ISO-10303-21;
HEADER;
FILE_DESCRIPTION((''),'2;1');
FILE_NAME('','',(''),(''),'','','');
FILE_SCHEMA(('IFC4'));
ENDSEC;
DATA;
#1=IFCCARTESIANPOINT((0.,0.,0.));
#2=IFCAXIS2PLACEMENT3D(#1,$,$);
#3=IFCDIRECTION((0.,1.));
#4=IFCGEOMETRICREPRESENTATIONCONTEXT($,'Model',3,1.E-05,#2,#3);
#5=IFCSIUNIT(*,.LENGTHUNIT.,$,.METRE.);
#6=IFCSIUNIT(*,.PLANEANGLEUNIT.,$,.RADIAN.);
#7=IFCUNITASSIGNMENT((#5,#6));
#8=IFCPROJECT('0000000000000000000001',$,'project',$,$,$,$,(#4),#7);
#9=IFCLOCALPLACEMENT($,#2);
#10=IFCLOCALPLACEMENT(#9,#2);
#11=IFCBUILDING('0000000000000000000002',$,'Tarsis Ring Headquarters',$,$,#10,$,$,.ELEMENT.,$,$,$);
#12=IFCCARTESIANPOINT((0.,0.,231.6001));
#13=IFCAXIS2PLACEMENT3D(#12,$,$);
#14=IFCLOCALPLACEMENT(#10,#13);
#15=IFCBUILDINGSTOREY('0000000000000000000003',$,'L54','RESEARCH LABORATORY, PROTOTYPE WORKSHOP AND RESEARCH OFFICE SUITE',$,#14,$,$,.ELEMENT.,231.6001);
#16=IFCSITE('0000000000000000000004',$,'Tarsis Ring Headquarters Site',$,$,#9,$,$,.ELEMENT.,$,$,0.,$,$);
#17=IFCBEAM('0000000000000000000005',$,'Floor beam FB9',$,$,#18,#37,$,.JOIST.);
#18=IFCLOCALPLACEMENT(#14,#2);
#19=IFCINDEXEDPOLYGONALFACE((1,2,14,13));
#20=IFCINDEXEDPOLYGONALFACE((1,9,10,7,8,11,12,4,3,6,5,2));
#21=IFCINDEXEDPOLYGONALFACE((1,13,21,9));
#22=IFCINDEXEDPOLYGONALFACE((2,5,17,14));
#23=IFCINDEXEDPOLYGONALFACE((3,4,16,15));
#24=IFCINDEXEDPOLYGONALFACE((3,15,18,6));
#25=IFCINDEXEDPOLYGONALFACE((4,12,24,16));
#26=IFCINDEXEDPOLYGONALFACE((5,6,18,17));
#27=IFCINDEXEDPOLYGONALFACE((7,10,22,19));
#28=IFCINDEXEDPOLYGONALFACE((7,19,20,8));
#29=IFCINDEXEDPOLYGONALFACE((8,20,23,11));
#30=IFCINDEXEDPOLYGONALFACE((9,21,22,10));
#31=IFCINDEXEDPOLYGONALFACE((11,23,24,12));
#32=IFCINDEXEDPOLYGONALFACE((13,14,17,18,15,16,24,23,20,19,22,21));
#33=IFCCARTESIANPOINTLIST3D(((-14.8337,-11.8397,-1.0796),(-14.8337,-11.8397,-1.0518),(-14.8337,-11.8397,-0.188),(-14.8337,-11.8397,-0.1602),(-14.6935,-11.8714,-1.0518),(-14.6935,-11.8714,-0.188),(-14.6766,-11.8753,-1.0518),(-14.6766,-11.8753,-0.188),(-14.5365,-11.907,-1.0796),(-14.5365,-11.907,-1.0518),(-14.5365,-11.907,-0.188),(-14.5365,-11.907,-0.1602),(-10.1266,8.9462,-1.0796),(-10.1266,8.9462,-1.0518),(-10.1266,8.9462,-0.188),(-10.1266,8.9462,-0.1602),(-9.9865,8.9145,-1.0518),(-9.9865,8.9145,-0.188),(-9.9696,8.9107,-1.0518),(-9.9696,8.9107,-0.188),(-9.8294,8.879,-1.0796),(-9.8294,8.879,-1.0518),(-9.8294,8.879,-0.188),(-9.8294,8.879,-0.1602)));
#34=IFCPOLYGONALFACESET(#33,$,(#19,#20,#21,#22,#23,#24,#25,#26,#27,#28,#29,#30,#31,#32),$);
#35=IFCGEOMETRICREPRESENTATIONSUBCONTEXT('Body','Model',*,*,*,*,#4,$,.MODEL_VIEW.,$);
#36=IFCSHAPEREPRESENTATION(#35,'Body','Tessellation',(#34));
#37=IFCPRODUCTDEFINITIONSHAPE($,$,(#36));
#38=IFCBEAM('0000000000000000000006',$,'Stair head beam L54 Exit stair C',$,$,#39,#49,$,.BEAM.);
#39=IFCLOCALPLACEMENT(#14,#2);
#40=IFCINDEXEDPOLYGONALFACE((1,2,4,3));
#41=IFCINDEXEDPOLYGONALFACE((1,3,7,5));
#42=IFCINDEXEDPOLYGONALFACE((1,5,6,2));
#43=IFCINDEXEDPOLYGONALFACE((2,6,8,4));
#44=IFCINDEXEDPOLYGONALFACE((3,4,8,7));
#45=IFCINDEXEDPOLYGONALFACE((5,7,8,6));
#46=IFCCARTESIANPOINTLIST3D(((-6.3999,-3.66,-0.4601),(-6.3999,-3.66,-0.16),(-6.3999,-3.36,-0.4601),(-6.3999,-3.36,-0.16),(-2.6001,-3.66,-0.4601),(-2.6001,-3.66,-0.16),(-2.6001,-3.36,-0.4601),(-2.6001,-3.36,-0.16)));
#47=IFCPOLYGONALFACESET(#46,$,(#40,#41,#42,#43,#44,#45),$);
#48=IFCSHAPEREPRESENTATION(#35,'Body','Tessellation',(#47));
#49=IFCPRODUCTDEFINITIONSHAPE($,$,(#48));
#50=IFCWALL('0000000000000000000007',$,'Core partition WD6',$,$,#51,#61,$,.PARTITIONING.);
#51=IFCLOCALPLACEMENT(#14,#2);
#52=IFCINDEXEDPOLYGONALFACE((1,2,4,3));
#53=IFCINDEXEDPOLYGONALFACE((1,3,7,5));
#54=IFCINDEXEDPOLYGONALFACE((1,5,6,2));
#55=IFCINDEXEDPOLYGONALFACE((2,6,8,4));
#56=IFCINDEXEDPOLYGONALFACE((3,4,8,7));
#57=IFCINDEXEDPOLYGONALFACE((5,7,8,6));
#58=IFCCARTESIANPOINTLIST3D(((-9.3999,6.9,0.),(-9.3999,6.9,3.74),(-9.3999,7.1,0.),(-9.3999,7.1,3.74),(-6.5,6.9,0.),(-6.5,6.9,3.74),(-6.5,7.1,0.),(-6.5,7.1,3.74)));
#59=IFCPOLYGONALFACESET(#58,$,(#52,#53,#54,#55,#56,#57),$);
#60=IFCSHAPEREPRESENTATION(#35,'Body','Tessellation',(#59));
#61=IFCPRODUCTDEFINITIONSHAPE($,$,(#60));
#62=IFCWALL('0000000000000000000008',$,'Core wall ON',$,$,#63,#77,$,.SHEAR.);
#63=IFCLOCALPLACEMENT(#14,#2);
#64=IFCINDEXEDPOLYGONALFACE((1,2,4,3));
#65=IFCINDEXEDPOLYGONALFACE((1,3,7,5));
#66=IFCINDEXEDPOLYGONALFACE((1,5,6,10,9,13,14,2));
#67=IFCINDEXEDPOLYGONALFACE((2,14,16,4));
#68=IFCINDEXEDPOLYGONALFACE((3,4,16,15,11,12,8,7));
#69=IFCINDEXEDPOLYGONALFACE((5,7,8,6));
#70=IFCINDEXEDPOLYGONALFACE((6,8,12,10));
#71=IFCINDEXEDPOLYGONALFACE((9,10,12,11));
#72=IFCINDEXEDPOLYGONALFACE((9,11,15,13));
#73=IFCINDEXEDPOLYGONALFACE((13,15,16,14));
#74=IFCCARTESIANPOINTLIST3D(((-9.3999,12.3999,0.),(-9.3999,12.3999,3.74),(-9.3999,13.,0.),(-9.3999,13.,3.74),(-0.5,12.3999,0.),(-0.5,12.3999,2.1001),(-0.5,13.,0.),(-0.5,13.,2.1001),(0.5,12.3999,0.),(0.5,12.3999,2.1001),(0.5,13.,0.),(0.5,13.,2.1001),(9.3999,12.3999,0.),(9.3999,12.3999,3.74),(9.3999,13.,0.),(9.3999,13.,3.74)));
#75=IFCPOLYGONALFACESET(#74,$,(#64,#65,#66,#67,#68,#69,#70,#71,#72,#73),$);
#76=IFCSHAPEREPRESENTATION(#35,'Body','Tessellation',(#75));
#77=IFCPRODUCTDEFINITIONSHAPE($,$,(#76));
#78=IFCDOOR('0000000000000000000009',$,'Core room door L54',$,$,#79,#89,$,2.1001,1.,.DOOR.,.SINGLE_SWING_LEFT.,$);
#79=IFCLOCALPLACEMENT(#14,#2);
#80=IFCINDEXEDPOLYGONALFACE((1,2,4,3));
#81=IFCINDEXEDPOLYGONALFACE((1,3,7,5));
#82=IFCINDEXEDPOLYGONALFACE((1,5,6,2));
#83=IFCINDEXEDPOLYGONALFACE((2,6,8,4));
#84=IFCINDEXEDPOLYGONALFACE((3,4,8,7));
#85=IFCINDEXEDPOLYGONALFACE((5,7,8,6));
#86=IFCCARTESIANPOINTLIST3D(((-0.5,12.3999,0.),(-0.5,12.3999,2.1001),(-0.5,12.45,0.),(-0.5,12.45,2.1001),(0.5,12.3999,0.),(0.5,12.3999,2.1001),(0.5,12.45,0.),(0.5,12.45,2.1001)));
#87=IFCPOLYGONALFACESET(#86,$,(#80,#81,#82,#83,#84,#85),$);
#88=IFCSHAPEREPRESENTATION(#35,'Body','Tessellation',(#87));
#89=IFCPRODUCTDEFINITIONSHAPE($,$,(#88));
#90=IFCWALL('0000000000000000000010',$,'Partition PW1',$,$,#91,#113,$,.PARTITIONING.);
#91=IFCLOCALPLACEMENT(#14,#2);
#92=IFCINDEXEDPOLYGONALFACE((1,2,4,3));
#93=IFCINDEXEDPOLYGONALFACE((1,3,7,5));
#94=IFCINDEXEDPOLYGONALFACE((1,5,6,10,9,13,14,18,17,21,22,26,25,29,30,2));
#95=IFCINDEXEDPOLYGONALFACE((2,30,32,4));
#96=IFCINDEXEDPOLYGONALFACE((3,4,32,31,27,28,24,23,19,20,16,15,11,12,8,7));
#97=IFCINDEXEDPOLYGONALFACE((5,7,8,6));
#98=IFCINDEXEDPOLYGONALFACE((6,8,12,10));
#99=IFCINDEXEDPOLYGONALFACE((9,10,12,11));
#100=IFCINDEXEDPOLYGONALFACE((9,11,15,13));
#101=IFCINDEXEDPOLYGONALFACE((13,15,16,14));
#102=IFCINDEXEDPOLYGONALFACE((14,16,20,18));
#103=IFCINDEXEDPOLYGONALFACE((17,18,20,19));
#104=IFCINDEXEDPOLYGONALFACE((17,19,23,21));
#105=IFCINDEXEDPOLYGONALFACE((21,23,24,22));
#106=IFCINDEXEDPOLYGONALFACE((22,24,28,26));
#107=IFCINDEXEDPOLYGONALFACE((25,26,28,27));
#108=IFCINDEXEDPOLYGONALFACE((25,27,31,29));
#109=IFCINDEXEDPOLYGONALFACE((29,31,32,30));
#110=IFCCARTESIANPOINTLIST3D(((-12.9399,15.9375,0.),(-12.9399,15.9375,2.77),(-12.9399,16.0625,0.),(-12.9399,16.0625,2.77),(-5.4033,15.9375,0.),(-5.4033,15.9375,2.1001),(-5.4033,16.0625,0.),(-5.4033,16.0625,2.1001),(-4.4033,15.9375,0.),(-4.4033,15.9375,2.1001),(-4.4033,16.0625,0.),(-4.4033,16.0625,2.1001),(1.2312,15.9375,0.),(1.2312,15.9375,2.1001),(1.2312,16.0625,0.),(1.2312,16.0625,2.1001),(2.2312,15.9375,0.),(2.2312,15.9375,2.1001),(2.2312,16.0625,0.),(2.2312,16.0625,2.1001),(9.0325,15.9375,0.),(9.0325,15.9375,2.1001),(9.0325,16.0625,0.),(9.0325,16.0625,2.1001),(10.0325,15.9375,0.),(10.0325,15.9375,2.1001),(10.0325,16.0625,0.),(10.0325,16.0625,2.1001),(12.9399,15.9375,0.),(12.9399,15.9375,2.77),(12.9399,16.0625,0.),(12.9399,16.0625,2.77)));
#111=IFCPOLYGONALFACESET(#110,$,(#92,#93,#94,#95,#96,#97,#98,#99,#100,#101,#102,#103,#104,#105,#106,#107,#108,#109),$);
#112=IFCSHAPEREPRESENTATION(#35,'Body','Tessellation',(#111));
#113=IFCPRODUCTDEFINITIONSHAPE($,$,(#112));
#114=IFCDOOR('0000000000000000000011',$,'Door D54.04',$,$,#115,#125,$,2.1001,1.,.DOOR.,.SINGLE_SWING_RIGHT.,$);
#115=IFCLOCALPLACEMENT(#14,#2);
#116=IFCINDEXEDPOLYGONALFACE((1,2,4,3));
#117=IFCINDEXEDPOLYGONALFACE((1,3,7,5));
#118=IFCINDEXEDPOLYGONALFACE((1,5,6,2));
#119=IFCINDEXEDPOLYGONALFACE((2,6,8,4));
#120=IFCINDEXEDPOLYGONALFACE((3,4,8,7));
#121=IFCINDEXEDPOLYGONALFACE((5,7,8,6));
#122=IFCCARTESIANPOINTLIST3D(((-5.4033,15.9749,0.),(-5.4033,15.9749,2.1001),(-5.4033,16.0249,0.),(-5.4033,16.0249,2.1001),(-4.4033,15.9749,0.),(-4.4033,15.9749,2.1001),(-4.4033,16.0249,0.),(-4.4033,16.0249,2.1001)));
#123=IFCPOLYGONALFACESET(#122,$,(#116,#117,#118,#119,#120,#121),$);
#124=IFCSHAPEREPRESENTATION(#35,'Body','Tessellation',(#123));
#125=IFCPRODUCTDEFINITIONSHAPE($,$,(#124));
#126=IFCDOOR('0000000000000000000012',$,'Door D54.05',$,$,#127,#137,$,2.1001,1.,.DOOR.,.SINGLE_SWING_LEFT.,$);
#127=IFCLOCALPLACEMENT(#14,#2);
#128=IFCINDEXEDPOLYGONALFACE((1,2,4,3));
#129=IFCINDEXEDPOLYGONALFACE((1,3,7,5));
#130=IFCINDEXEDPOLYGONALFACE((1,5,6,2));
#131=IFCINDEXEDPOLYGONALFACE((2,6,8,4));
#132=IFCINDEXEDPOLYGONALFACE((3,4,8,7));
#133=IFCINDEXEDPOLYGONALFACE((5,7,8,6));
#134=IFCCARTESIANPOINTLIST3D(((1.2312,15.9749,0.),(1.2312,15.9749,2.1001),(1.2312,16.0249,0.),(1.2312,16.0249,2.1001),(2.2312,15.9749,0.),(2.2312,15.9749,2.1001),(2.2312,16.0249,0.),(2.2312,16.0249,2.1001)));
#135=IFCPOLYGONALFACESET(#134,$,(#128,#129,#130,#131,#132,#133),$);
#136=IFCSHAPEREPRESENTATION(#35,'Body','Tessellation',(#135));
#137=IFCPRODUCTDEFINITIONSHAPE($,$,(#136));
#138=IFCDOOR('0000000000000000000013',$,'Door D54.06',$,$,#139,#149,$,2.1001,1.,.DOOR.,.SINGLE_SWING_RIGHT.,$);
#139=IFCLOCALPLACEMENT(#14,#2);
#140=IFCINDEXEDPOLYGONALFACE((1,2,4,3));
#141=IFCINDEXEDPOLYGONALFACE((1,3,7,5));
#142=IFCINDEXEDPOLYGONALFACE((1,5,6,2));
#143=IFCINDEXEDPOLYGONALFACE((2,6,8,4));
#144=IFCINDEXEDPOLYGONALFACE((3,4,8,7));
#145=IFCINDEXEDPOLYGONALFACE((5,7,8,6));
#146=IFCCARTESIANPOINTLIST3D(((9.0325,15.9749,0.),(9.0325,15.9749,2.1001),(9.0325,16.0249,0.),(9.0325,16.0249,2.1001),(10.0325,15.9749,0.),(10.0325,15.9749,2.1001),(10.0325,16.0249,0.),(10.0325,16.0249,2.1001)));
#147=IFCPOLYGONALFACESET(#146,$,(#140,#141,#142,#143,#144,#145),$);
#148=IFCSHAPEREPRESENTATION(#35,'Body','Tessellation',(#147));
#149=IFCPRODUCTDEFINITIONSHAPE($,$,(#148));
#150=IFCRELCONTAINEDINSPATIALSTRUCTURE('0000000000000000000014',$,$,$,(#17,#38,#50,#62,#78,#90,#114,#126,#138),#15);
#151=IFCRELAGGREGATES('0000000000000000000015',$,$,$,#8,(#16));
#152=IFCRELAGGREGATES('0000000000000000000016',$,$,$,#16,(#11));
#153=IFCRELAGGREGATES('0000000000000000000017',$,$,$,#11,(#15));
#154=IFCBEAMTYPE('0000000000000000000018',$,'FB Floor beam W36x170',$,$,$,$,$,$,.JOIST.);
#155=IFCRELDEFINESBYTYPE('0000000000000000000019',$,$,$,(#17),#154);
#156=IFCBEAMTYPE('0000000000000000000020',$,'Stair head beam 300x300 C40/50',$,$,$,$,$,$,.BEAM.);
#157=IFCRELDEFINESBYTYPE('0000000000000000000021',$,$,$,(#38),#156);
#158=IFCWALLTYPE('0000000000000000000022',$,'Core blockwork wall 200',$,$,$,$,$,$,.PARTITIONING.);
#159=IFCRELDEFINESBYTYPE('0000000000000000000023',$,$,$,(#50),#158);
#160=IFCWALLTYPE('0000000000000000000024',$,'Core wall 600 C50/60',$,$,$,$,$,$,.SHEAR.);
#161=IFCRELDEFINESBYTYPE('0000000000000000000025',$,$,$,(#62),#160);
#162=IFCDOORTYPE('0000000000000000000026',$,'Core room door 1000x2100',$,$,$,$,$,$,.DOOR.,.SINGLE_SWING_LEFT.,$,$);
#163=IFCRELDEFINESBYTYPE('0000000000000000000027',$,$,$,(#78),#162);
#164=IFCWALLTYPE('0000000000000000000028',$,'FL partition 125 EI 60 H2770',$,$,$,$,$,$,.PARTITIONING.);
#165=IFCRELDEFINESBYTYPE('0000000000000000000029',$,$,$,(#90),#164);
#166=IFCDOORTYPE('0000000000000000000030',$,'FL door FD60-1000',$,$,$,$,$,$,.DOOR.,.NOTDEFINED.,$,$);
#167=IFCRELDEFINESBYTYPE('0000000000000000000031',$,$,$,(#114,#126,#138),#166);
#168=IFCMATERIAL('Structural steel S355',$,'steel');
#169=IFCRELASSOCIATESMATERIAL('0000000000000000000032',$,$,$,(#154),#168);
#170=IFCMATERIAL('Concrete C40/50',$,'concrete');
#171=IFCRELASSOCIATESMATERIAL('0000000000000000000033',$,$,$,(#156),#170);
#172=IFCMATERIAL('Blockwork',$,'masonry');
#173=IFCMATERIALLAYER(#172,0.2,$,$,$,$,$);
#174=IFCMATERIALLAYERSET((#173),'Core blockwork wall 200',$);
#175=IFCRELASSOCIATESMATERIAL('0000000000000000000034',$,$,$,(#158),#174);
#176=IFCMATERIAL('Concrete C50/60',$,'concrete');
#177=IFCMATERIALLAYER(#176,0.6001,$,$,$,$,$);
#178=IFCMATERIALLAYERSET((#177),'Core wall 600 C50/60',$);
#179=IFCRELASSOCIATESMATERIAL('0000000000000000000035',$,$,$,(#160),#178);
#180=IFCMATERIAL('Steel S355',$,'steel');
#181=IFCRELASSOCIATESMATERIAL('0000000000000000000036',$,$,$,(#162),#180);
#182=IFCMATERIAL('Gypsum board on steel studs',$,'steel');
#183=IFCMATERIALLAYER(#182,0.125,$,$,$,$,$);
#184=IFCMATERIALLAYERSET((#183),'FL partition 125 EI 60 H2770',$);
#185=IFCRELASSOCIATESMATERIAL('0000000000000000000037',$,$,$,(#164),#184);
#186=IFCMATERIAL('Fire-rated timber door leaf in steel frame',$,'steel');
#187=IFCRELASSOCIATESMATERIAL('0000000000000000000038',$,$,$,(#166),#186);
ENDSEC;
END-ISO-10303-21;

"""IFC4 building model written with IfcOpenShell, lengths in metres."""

from ifc_helpers import new_model, si_unit, direction, frame, frame_2d, origin, origin_2d, place, context, subcontext, project, spatial, rectangle, i_section, extrude, material, layer, layer_set, material_profile, profile_set, type_object, element, fill, save


model = new_model("IFC4")

# Units and contexts
model_context = context("Model", 3, precision=1e-05, world=origin(), true_north=direction((0.0, 1.0)))
body_context = subcontext(model_context, "Body", "Model", "MODEL_VIEW")
ifc_project = project(units=[si_unit("LENGTHUNIT", "METRE"), si_unit("PLANEANGLEUNIT", "RADIAN")], contexts=[model_context])

# Site, building, storey
site_placement = place(None, origin())
site = spatial("IfcSite", under=ifc_project, at=site_placement, Name="Tarsis Ring Headquarters Site", CompositionType="ELEMENT", RefElevation=0.0)
building_placement = place(site_placement, origin())
building = spatial("IfcBuilding", under=site, at=building_placement, Name="Tarsis Ring Headquarters", CompositionType="ELEMENT")
storey_placement = place(building_placement, frame((0.0, 0.0, 231.6001)))
storey = spatial("IfcBuildingStorey", under=building, at=storey_placement, Name="L54", Description="RESEARCH LABORATORY, PROTOTYPE WORKSHOP AND RESEARCH OFFICE SUITE", CompositionType="ELEMENT", Elevation=231.6001)

# Beams
ifc_material_1 = material(Name="Structural steel S355", Category="steel")
ifc_material_profile_1 = material_profile(ifc_material_1, i_section(OverallWidth=0.3047, OverallDepth=0.9194, WebThickness=0.0173, FlangeThickness=0.0278, at=origin_2d()), Name="W36x170")
ifc_profile_set_1 = profile_set([ifc_material_profile_1], Name="Structural steel S355")
beam_type_1 = type_object("IfcBeamType", Name="FB Floor beam W36x170", PredefinedType="JOIST", material=ifc_profile_set_1)
beam_1_placement = place(storey_placement, frame((-9.978, 8.9126, -0.6199), z_axis=(-0.220861, -0.975305, 0.0), x_axis=(0.975305, -0.220861, 0.0)))
element("IfcBeam", 1, at=beam_1_placement, inside=storey, type_object=beam_type_1, Name="Floor beam FB9", PredefinedType="JOIST", context=body_context, shape_type="SweptSolid", body=[
    extrude(i_section(OverallWidth=0.3047, OverallDepth=0.9194, WebThickness=0.0173, FlangeThickness=0.0278, at=origin_2d()), origin(), (0.0, 0.0, 1.0), 21.3123),
])
ifc_material_2 = material(Name="Concrete C40/50", Category="concrete")
ifc_material_profile_2 = material_profile(ifc_material_2, rectangle(XDim=0.3, YDim=0.3, at=origin_2d()), Name="Stair head beam 300x300 C40/50")
ifc_profile_set_2 = profile_set([ifc_material_profile_2], Name="Concrete C40/50")
beam_type_2 = type_object("IfcBeamType", Name="Stair head beam 300x300 C40/50", PredefinedType="BEAM", material=ifc_profile_set_2)
beam_2_placement = place(storey_placement, frame((-6.3999, -3.51, -0.3101), z_axis=(1.0, 0.0, 0.0), x_axis=(0.0, 1.0, 0.0)))
element("IfcBeam", 2, at=beam_2_placement, inside=storey, type_object=beam_type_2, Name="Stair head beam L54 Exit stair C", PredefinedType="BEAM", context=body_context, shape_type="SweptSolid", body=[
    extrude(rectangle(XDim=0.3, YDim=0.3, at=origin_2d()), origin(), (0.0, 0.0, 1.0), 3.7998),
])

# Wall
ifc_material_3 = material(Name="Blockwork", Category="masonry")
ifc_layer_1 = layer(ifc_material_3, 0.2)
ifc_layer_set_1 = layer_set([ifc_layer_1], Name="Core blockwork wall 200")
wall_type_1 = type_object("IfcWallType", Name="Core blockwork wall 200", PredefinedType="PARTITIONING", material=ifc_layer_set_1)
wall_1_placement = place(storey_placement, frame((-9.3999, 7.0, 0.0), z_axis=(0.0, 0.0, 1.0), x_axis=(1.0, 0.0, 0.0)))
element("IfcWall", 3, at=wall_1_placement, inside=storey, type_object=wall_type_1, Name="Core partition WD6", PredefinedType="PARTITIONING", context=body_context, shape_type="SweptSolid", body=[
    extrude(rectangle(XDim=2.8999, YDim=0.2, at=frame_2d((1.45, 0.0))), origin(), (0.0, 0.0, 1.0), 3.74),
])

# Wall, opening, door
ifc_material_4 = material(Name="Concrete C50/60", Category="concrete")
ifc_layer_2 = layer(ifc_material_4, 0.6001)
ifc_layer_set_2 = layer_set([ifc_layer_2], Name="Core wall 600 C50/60")
wall_type_2 = type_object("IfcWallType", Name="Core wall 600 C50/60", PredefinedType="SHEAR", material=ifc_layer_set_2)
wall_2_placement = place(storey_placement, frame((-9.3999, 12.7, 0.0), z_axis=(0.0, 0.0, 1.0), x_axis=(1.0, 0.0, 0.0)))
wall_2 = element("IfcWall", 4, at=wall_2_placement, inside=storey, type_object=wall_type_2, Name="Core wall ON", PredefinedType="SHEAR", context=body_context, shape_type="SweptSolid", body=[
    extrude(rectangle(XDim=18.7998, YDim=0.6001, at=frame_2d((9.3999, 0.0))), origin(), (0.0, 0.0, 1.0), 3.74),
])
opening_1_placement = place(wall_2_placement, frame((8.8999, 0.0, 0.0)))
opening_1 = element("IfcOpeningElement", 5, at=opening_1_placement, cuts=wall_2, PredefinedType="OPENING", context=body_context, shape_type="SweptSolid", body=[
    extrude(rectangle(XDim=1.0, YDim=2.1001, at=frame_2d((0.5, 1.05))), frame((0.0, 0.3101, 0.0), z_axis=(0.0, -1.0, 0.0), x_axis=(1.0, 0.0, 0.0)), (0.0, 0.0, 1.0), 0.6201),
])
ifc_material_5 = material(Name="Steel S355", Category="steel")
door_type_1 = type_object("IfcDoorType", Name="Core room door 1000x2100", OperationType="SINGLE_SWING_LEFT", PredefinedType="DOOR", material=ifc_material_5)
door_1_placement = place(opening_1_placement, origin())
door_1 = element("IfcDoor", 6, at=door_1_placement, inside=storey, type_object=door_type_1, Name="Core room door L54", OperationType="SINGLE_SWING_LEFT", OverallHeight=2.1001, OverallWidth=1.0, PredefinedType="DOOR", context=body_context, shape_type="SweptSolid", body=[
    extrude(rectangle(XDim=1.0, YDim=2.1001, at=frame_2d((0.5, 1.05))), frame((0.0, -0.25, 0.0), z_axis=(0.0, -1.0, 0.0), x_axis=(1.0, 0.0, 0.0)), (0.0, 0.0, 1.0), 0.05),
])
fill(opening_1, door_1)

# Wall, openings, doors
ifc_material_6 = material(Name="Gypsum board on steel studs", Category="steel")
ifc_layer_3 = layer(ifc_material_6, 0.125)
ifc_layer_set_3 = layer_set([ifc_layer_3], Name="FL partition 125 EI 60 H2770")
wall_type_3 = type_object("IfcWallType", Name="FL partition 125 EI 60 H2770", PredefinedType="PARTITIONING", material=ifc_layer_set_3)
wall_3_placement = place(storey_placement, frame((-12.9399, 16.0, 0.0), z_axis=(0.0, 0.0, 1.0), x_axis=(1.0, 0.0, 0.0)))
wall_3 = element("IfcWall", 7, at=wall_3_placement, inside=storey, type_object=wall_type_3, Name="Partition PW1", PredefinedType="PARTITIONING", context=body_context, shape_type="SweptSolid", body=[
    extrude(rectangle(XDim=25.8799, YDim=0.125, at=frame_2d((12.9399, 0.0))), origin(), (0.0, 0.0, 1.0), 2.77),
])
opening_2_placement = place(wall_3_placement, frame((7.5366, 0.0, 0.0)))
opening_2 = element("IfcOpeningElement", 8, at=opening_2_placement, cuts=wall_3, PredefinedType="OPENING", context=body_context, shape_type="SweptSolid", body=[
    extrude(rectangle(XDim=1.0, YDim=2.1001, at=frame_2d((0.5, 1.05))), frame((0.0, 0.0725, 0.0), z_axis=(0.0, -1.0, 0.0), x_axis=(1.0, 0.0, 0.0)), (0.0, 0.0, 1.0), 0.145),
])
opening_3_placement = place(wall_3_placement, frame((14.1711, 0.0, 0.0)))
opening_3 = element("IfcOpeningElement", 9, at=opening_3_placement, cuts=wall_3, PredefinedType="OPENING", context=body_context, shape_type="SweptSolid", body=[
    extrude(rectangle(XDim=1.0, YDim=2.1001, at=frame_2d((0.5, 1.05))), frame((0.0, 0.0725, 0.0), z_axis=(0.0, -1.0, 0.0), x_axis=(1.0, 0.0, 0.0)), (0.0, 0.0, 1.0), 0.145),
])
opening_4_placement = place(wall_3_placement, frame((21.9724, 0.0, 0.0)))
opening_4 = element("IfcOpeningElement", 10, at=opening_4_placement, cuts=wall_3, PredefinedType="OPENING", context=body_context, shape_type="SweptSolid", body=[
    extrude(rectangle(XDim=1.0, YDim=2.1001, at=frame_2d((0.5, 1.05))), frame((0.0, 0.0725, 0.0), z_axis=(0.0, -1.0, 0.0), x_axis=(1.0, 0.0, 0.0)), (0.0, 0.0, 1.0), 0.145),
])
ifc_material_7 = material(Name="Fire-rated timber door leaf in steel frame", Category="steel")
door_type_2 = type_object("IfcDoorType", Name="FL door FD60-1000", OperationType="NOTDEFINED", PredefinedType="DOOR", material=ifc_material_7)
door_2_placement = place(opening_2_placement, origin())
door_2 = element("IfcDoor", 11, at=door_2_placement, inside=storey, type_object=door_type_2, Name="Door D54.04", OperationType="SINGLE_SWING_RIGHT", OverallHeight=2.1001, OverallWidth=1.0, PredefinedType="DOOR", context=body_context, shape_type="SweptSolid", body=[
    extrude(rectangle(XDim=1.0, YDim=2.1001, at=frame_2d((0.5, 1.05))), frame((0.0, 0.0249, 0.0), z_axis=(0.0, -1.0, 0.0), x_axis=(1.0, 0.0, 0.0)), (0.0, 0.0, 1.0), 0.05),
])
fill(opening_2, door_2)
door_3_placement = place(opening_3_placement, origin())
door_3 = element("IfcDoor", 12, at=door_3_placement, inside=storey, type_object=door_type_2, Name="Door D54.05", OperationType="SINGLE_SWING_LEFT", OverallHeight=2.1001, OverallWidth=1.0, PredefinedType="DOOR", context=body_context, shape_type="SweptSolid", body=[
    extrude(rectangle(XDim=1.0, YDim=2.1001, at=frame_2d((0.5, 1.05))), frame((0.0, 0.0249, 0.0), z_axis=(0.0, -1.0, 0.0), x_axis=(1.0, 0.0, 0.0)), (0.0, 0.0, 1.0), 0.05),
])
fill(opening_3, door_3)
door_4_placement = place(opening_4_placement, origin())
door_4 = element("IfcDoor", 13, at=door_4_placement, inside=storey, type_object=door_type_2, Name="Door D54.06", OperationType="SINGLE_SWING_RIGHT", OverallHeight=2.1001, OverallWidth=1.0, PredefinedType="DOOR", context=body_context, shape_type="SweptSolid", body=[
    extrude(rectangle(XDim=1.0, YDim=2.1001, at=frame_2d((0.5, 1.05))), frame((0.0, 0.0249, 0.0), z_axis=(0.0, -1.0, 0.0), x_axis=(1.0, 0.0, 0.0)), (0.0, 0.0, 1.0), 0.05),
])
fill(opening_4, door_4)

save(model, "model.ifc")
